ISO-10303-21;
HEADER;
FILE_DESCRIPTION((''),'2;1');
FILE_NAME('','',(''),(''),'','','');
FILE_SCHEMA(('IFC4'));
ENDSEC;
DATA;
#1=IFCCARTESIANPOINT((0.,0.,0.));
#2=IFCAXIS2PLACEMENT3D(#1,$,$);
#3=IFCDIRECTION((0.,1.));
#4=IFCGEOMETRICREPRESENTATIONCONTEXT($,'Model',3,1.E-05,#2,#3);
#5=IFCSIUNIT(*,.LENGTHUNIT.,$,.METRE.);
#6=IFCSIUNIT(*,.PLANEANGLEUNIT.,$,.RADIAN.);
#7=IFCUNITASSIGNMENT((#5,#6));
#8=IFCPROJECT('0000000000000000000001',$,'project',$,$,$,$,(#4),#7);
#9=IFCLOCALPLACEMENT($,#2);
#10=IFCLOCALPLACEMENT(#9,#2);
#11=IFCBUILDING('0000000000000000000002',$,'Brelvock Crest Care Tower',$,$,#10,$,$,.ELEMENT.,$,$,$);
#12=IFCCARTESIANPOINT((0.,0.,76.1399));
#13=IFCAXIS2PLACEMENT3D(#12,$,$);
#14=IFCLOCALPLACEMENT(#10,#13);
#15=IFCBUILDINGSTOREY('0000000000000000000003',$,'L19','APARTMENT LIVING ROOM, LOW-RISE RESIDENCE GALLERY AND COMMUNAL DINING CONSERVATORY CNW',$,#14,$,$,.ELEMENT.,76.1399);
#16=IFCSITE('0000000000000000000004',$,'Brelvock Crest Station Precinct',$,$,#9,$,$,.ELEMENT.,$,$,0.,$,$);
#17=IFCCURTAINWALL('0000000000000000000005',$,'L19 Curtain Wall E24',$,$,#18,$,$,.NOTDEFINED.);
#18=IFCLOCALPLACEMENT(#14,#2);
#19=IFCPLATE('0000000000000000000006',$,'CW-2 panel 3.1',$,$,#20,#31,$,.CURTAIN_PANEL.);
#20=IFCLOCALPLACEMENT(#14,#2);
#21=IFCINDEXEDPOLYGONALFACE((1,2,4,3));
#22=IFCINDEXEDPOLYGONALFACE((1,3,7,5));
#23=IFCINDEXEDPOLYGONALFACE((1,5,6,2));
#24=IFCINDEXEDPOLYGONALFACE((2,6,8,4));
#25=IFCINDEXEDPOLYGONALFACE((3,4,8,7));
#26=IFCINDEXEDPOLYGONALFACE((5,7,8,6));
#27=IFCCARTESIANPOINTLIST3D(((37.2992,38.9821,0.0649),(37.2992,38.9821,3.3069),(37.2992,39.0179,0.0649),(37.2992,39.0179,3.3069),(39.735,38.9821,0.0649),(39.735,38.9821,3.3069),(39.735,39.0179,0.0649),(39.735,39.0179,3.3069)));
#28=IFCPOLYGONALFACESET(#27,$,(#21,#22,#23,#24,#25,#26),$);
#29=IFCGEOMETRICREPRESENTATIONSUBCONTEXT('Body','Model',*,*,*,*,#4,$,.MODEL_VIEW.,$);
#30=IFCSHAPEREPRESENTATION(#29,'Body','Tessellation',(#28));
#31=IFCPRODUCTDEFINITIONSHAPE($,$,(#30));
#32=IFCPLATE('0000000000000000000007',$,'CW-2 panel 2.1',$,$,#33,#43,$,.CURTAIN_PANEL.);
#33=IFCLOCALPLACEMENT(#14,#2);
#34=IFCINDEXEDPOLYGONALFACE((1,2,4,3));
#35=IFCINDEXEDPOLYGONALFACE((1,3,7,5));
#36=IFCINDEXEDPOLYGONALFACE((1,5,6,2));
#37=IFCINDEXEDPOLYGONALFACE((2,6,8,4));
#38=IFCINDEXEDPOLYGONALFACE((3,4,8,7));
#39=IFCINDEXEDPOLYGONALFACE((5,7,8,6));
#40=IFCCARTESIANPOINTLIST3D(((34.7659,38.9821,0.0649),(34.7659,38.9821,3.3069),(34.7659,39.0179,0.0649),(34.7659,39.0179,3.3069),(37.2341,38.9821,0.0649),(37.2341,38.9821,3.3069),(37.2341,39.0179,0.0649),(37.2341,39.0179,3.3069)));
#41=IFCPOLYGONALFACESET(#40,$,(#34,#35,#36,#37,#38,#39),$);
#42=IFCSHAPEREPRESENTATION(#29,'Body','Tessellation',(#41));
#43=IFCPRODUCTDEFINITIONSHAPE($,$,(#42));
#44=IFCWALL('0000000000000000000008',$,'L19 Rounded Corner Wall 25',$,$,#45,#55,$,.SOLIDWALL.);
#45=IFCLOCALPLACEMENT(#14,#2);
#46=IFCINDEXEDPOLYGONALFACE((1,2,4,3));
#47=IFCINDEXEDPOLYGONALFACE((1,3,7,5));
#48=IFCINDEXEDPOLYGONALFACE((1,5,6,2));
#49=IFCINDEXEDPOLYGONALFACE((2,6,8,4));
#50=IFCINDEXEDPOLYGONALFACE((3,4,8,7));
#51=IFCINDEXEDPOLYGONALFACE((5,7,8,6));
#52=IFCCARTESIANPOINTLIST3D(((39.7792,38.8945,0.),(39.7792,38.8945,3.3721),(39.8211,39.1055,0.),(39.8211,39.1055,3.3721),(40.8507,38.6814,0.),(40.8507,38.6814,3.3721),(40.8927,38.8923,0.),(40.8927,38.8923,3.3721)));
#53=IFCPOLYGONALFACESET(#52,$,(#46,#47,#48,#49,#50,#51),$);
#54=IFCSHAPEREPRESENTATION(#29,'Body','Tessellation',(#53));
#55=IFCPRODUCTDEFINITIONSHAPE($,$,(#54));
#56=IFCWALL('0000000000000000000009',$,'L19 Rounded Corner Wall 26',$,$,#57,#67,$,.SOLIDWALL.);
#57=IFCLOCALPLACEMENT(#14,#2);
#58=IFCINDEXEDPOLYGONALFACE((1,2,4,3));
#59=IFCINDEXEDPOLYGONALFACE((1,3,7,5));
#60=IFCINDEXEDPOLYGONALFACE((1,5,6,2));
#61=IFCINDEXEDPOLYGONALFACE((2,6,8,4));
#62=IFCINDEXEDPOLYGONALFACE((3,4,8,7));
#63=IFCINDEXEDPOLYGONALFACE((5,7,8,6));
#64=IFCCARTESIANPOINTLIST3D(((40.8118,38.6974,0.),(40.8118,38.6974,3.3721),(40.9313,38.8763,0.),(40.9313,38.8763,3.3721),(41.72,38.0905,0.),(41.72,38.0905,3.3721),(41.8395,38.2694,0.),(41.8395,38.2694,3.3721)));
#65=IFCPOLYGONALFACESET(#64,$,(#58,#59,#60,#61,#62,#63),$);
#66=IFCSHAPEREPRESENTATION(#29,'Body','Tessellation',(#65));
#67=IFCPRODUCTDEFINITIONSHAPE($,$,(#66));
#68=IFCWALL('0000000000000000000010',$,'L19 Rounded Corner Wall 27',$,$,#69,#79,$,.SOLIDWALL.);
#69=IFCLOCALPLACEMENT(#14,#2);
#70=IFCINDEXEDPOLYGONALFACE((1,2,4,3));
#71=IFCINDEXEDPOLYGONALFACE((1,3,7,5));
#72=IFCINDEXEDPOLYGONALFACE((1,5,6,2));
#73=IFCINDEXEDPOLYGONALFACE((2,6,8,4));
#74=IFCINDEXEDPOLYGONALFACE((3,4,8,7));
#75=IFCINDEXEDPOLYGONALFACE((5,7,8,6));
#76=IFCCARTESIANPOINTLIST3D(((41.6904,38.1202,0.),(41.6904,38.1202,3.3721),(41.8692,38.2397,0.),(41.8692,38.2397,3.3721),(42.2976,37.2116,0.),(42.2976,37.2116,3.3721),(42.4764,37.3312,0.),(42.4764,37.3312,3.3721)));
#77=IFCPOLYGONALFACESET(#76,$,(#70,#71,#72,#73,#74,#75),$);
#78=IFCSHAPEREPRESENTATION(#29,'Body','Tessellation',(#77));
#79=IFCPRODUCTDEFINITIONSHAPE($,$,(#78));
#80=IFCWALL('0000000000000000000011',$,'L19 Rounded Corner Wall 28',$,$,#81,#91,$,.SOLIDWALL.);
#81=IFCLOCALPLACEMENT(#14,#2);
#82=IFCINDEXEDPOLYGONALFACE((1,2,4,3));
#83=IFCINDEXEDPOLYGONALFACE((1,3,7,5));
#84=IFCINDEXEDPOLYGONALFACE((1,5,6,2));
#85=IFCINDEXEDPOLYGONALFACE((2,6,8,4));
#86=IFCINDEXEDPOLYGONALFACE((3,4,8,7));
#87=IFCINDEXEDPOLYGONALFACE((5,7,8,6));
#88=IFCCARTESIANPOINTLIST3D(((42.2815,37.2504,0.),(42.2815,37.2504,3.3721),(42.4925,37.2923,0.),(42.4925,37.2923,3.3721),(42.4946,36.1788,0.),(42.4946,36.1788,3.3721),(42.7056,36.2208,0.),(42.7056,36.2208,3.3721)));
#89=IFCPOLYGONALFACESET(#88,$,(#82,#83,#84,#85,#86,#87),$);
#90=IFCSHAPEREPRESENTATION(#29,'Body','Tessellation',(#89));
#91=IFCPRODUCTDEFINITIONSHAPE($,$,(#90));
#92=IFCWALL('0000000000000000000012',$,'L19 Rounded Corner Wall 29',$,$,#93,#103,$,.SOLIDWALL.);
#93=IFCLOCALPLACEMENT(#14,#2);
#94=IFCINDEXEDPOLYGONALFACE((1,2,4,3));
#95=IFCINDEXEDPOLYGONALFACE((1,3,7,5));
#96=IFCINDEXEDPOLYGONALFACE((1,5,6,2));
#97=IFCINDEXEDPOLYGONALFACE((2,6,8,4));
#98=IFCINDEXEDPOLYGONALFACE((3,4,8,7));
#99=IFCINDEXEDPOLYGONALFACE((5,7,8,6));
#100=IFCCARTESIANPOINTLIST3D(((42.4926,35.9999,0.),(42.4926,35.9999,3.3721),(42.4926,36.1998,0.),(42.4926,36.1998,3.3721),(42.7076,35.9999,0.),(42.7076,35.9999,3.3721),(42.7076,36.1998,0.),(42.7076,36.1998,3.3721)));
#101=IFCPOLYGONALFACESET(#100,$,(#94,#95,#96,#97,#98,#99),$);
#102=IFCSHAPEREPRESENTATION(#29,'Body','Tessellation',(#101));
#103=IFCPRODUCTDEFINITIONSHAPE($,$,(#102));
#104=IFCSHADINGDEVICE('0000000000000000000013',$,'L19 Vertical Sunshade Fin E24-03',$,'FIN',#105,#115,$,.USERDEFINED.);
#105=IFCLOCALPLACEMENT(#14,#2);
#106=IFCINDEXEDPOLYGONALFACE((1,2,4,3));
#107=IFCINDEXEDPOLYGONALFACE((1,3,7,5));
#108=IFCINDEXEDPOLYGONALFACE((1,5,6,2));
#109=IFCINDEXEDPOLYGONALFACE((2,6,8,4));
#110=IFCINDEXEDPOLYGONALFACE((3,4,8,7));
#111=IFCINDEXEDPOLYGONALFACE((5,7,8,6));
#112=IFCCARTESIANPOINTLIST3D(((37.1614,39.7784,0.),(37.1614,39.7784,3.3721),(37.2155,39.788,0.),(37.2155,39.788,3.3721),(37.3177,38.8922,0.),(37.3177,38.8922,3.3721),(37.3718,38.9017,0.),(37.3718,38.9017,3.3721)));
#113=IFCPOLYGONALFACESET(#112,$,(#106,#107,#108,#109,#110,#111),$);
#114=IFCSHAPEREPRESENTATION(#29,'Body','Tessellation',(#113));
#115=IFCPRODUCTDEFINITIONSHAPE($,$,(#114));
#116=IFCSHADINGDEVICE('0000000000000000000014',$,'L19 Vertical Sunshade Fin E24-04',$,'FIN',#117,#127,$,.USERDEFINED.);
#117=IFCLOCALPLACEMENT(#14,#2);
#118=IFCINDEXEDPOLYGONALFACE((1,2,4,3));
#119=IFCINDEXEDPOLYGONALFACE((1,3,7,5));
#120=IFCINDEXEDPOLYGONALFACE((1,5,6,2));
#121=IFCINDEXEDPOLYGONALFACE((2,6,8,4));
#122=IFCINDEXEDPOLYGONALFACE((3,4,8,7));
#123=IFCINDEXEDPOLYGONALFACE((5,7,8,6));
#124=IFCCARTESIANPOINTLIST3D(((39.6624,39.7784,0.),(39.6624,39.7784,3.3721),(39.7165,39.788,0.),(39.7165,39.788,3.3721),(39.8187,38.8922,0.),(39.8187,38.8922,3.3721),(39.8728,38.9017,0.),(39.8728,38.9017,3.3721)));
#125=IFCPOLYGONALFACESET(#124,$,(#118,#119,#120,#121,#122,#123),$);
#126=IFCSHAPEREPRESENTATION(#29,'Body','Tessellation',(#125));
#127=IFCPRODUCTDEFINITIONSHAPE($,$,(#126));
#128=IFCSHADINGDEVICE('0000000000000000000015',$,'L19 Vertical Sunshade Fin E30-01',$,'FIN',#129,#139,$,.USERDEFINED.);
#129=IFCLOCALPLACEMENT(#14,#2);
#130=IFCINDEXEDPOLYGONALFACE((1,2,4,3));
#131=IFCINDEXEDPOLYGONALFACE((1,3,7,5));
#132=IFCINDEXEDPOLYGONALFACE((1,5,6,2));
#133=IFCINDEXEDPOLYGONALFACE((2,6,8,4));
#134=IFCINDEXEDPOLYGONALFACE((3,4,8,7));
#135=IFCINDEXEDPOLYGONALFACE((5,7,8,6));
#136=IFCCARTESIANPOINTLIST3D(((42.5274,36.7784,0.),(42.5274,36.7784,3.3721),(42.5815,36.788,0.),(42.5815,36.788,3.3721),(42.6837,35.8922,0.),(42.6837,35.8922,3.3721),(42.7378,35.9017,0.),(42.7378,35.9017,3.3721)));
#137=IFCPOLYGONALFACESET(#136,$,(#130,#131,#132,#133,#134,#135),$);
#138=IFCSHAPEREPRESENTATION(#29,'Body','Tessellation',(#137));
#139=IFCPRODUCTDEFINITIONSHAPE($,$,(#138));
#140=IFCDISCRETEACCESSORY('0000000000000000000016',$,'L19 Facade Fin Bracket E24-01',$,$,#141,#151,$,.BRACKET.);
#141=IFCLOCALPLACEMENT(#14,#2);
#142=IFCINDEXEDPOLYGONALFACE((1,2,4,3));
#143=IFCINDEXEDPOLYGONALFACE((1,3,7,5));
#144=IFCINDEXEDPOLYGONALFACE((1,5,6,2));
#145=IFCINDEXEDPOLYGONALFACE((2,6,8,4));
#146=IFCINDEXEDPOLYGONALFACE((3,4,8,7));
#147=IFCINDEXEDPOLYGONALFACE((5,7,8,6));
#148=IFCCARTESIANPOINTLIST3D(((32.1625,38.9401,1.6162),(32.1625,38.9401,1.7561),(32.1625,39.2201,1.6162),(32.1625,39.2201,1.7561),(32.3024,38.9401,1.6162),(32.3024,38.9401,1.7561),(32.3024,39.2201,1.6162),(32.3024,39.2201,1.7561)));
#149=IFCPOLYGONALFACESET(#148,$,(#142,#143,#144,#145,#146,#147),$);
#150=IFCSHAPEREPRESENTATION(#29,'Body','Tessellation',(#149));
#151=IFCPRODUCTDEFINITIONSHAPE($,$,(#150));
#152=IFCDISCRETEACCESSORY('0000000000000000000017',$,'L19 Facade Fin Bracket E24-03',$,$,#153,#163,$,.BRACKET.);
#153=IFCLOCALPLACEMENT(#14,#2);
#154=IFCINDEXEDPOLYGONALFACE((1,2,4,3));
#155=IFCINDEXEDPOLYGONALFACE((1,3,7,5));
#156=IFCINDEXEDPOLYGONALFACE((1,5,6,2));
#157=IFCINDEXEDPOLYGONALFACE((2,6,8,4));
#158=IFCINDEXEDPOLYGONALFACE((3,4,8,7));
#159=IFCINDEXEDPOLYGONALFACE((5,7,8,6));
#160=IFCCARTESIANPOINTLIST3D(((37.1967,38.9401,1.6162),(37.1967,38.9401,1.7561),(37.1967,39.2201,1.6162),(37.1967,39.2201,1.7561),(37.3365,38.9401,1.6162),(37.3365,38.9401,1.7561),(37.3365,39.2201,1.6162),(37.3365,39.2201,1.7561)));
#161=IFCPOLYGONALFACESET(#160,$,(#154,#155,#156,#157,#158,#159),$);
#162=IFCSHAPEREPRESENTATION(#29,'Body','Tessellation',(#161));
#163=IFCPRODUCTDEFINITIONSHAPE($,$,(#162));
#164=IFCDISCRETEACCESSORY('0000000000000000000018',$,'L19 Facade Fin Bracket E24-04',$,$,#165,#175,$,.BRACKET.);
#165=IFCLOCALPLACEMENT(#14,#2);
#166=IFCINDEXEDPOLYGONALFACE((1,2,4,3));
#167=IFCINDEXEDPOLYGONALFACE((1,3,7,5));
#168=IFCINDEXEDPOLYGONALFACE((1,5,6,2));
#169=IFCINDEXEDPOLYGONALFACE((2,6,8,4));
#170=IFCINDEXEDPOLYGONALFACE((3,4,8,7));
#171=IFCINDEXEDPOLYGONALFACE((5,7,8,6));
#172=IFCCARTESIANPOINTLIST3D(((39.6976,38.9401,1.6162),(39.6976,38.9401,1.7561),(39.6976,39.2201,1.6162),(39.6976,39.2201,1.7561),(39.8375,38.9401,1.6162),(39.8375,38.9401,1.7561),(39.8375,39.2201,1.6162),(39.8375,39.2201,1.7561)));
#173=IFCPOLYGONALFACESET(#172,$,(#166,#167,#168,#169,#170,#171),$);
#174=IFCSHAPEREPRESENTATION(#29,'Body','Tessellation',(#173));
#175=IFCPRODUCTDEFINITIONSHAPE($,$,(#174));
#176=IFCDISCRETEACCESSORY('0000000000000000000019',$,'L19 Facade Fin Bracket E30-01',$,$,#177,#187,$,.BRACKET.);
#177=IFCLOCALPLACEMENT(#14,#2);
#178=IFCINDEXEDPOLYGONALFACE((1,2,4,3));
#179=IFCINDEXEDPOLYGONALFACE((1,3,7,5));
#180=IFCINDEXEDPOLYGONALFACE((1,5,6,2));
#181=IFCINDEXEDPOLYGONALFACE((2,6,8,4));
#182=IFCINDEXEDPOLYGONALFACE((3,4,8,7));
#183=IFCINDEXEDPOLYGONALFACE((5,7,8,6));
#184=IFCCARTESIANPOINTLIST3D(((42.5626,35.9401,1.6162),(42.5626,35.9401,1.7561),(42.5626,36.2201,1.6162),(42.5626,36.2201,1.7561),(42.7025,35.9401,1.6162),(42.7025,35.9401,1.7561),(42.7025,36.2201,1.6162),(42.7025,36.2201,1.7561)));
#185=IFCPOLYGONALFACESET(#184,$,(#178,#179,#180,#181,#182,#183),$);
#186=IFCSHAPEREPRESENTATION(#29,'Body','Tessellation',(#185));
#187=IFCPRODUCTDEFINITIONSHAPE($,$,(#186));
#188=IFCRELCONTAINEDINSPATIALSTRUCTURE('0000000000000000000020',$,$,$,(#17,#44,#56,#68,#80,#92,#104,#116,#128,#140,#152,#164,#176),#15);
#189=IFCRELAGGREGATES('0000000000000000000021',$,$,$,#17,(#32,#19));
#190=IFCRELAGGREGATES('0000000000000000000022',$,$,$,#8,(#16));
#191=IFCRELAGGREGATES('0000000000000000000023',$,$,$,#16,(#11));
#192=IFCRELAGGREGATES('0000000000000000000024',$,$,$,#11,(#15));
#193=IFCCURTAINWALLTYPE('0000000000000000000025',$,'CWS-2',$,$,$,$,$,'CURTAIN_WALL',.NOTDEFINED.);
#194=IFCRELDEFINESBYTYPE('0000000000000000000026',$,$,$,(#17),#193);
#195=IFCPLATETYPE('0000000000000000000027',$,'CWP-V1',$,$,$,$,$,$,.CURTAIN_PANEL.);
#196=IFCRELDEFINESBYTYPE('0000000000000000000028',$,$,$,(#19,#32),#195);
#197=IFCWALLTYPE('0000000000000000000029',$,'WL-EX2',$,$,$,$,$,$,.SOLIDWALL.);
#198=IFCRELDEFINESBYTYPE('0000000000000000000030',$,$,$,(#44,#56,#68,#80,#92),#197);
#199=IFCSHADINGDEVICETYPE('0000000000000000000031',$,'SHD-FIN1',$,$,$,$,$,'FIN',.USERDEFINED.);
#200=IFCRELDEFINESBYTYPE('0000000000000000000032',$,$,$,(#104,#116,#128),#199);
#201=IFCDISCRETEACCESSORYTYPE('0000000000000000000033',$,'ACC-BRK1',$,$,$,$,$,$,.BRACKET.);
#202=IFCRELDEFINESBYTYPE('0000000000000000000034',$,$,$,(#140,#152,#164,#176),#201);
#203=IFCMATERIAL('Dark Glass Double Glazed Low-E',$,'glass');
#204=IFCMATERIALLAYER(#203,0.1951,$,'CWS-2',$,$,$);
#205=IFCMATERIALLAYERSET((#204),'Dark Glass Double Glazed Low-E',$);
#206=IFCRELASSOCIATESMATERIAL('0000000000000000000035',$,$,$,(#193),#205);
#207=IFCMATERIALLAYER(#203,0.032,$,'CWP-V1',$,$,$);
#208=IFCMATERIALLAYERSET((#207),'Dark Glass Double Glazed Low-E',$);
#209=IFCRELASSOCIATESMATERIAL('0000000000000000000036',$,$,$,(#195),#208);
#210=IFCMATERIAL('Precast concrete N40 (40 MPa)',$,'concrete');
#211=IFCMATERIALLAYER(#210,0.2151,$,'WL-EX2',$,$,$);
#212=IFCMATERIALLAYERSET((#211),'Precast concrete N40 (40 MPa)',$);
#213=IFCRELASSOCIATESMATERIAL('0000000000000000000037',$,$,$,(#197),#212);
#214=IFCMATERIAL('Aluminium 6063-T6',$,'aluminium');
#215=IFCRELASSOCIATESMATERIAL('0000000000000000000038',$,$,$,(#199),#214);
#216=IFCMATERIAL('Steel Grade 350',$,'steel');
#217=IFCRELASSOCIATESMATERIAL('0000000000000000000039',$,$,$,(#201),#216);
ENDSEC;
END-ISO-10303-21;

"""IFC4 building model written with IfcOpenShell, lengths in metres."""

from ifc_helpers import new_model, si_unit, direction, frame, frame_2d, origin, origin_2d, place, context, subcontext, project, spatial, rectangle, extrude, source, transform, mapped, material, layer, layer_set, material_profile, profile_set, type_object, element, aggregate, save


model = new_model("IFC4")

# Units and contexts
model_context = context("Model", 3, precision=1e-05, world=origin(), true_north=direction((0.0, 1.0)))
body_context = subcontext(model_context, "Body", "Model", "MODEL_VIEW")
ifc_project = project(units=[si_unit("LENGTHUNIT", "METRE"), si_unit("PLANEANGLEUNIT", "RADIAN")], contexts=[model_context])

# Site, building, storey
site_placement = place(None, origin())
site = spatial("IfcSite", under=ifc_project, at=site_placement, Name="Brelvock Crest Station Precinct", CompositionType="ELEMENT", RefElevation=0.0)
building_placement = place(site_placement, origin())
building = spatial("IfcBuilding", under=site, at=building_placement, Name="Brelvock Crest Care Tower", CompositionType="ELEMENT")
storey_placement = place(building_placement, frame((0.0, 0.0, 76.1399)))
storey = spatial("IfcBuildingStorey", under=building, at=storey_placement, Name="L19", Description="APARTMENT LIVING ROOM, LOW-RISE RESIDENCE GALLERY AND COMMUNAL DINING CONSERVATORY CNW", CompositionType="ELEMENT", Elevation=76.1399)

# Shared definitions
ifc_material_1 = material(Name="Steel Grade 350", Category="steel")

# Curtain wall
ifc_material_2 = material(Name="Dark Glass Double Glazed Low-E", Category="glass")
ifc_layer_1 = layer(ifc_material_2, 0.1951, Name="CWS-2")
ifc_layer_set_1 = layer_set([ifc_layer_1], Name="Dark Glass Double Glazed Low-E")
curtain_wall_type = type_object("IfcCurtainWallType", Name="CWS-2", ElementType="CURTAIN_WALL", PredefinedType="NOTDEFINED", material=ifc_layer_set_1)
ifc_material_3 = material(Name="Aluminium 6063-T6", Category="aluminium")
curtain_wall_1_placement = place(storey_placement, origin())
curtain_wall_1 = element("IfcCurtainWall", 1, at=curtain_wall_1_placement, inside=storey, type_object=curtain_wall_type, Name="L19 Curtain Wall E24", PredefinedType="NOTDEFINED")

# Plates
ifc_layer_2 = layer(ifc_material_2, 0.032, Name="CWP-V1")
ifc_layer_set_2 = layer_set([ifc_layer_2], Name="Dark Glass Double Glazed Low-E")
plate_type = type_object("IfcPlateType", Name="CWP-V1", PredefinedType="CURTAIN_PANEL", material=ifc_layer_set_2)
shared_shape_1 = source(origin(), body_context, "Body", "SweptSolid", [
    extrude(rectangle(XDim=2.4358, YDim=0.0359, at=origin_2d()), origin(), (0.0, 0.0, 1.0), 3.2419),
])
plate_1_placement = place(storey_placement, frame((38.5171, 39.0, 0.0649), z_axis=(0.0, 0.0, 1.0), x_axis=(1.0, 0.0, 0.0)))
plate_1 = element("IfcPlate", 2, at=plate_1_placement, type_object=plate_type, Name="CW-2 panel 3.1", PredefinedType="CURTAIN_PANEL", context=body_context, shape_type="MappedRepresentation", body=[
    mapped(shared_shape_1, transform((0.0, 0.0, 0.0), x_axis=(1.0, 0.0, 0.0), y_axis=(0.0, 1.0, 0.0), z_axis=(0.0, 0.0, 1.0), scale=1.0)),
])
shared_shape_2 = source(origin(), body_context, "Body", "SweptSolid", [
    extrude(rectangle(XDim=2.4683, YDim=0.0359, at=origin_2d()), origin(), (0.0, 0.0, 1.0), 3.2419),
])
plate_2_placement = place(storey_placement, frame((36.0, 39.0, 0.0649), z_axis=(0.0, 0.0, 1.0), x_axis=(1.0, 0.0, 0.0)))
plate_2 = element("IfcPlate", 3, at=plate_2_placement, type_object=plate_type, Name="CW-2 panel 2.1", PredefinedType="CURTAIN_PANEL", context=body_context, shape_type="MappedRepresentation", body=[
    mapped(shared_shape_2, transform((0.0, 0.0, 0.0), x_axis=(1.0, 0.0, 0.0), y_axis=(0.0, 1.0, 0.0), z_axis=(0.0, 0.0, 1.0), scale=1.0)),
])
aggregate(curtain_wall_1, [plate_2, plate_1])

# Walls
ifc_material_4 = material(Name="Precast concrete N40 (40 MPa)", Category="concrete")
ifc_layer_3 = layer(ifc_material_4, 0.2151, Name="WL-EX2")
ifc_layer_set_3 = layer_set([ifc_layer_3], Name="Precast concrete N40 (40 MPa)")
wall_type = type_object("IfcWallType", Name="WL-EX2", PredefinedType="SOLIDWALL", material=ifc_layer_set_3)
wall_1_placement = place(storey_placement, frame((39.8, 39.0, 0.0), z_axis=(0.0, 0.0, 1.0), x_axis=(0.980786, -0.195085, 0.0)))
element("IfcWall", 4, at=wall_1_placement, inside=storey, type_object=wall_type, Name="L19 Rounded Corner Wall 25", PredefinedType="SOLIDWALL", context=body_context, shape_type="SweptSolid", body=[
    extrude(rectangle(XDim=1.0925, YDim=0.2151, at=frame_2d((0.5464, 0.0))), origin(), (0.0, 0.0, 1.0), 3.3721),
])
wall_2_placement = place(storey_placement, frame((40.8716, 38.7869, 0.0), z_axis=(0.0, 0.0, 1.0), x_axis=(0.831431, -0.555628, 0.0)))
element("IfcWall", 5, at=wall_2_placement, inside=storey, type_object=wall_type, Name="L19 Rounded Corner Wall 26", PredefinedType="SOLIDWALL", context=body_context, shape_type="SweptSolid", body=[
    extrude(rectangle(XDim=1.0923, YDim=0.2151, at=frame_2d((0.5461, 0.0))), origin(), (0.0, 0.0, 1.0), 3.3721),
])
wall_3_placement = place(storey_placement, frame((41.7798, 38.1799, 0.0), z_axis=(0.0, 0.0, 1.0), x_axis=(0.555679, -0.831397, 0.0)))
element("IfcWall", 6, at=wall_3_placement, inside=storey, type_object=wall_type, Name="L19 Rounded Corner Wall 27", PredefinedType="SOLIDWALL", context=body_context, shape_type="SweptSolid", body=[
    extrude(rectangle(XDim=1.0928, YDim=0.2151, at=frame_2d((0.5464, 0.0))), origin(), (0.0, 0.0, 1.0), 3.3721),
])
wall_4_placement = place(storey_placement, frame((42.387, 37.2715, 0.0), z_axis=(0.0, 0.0, 1.0), x_axis=(0.195085, -0.980786, 0.0)))
element("IfcWall", 7, at=wall_4_placement, inside=storey, type_object=wall_type, Name="L19 Rounded Corner Wall 28", PredefinedType="SOLIDWALL", context=body_context, shape_type="SweptSolid", body=[
    extrude(rectangle(XDim=1.0925, YDim=0.2151, at=frame_2d((0.5464, 0.0))), origin(), (0.0, 0.0, 1.0), 3.3721),
])
wall_5_placement = place(storey_placement, frame((42.6001, 36.2, 0.0), z_axis=(0.0, 0.0, 1.0), x_axis=(0.0, -1.0, 0.0)))
element("IfcWall", 8, at=wall_5_placement, inside=storey, type_object=wall_type, Name="L19 Rounded Corner Wall 29", PredefinedType="SOLIDWALL", context=body_context, shape_type="SweptSolid", body=[
    extrude(rectangle(XDim=0.2, YDim=0.2151, at=frame_2d((0.1001, 0.0))), origin(), (0.0, 0.0, 1.0), 3.3721),
])

# Shading devices
ifc_material_profile_1 = material_profile(ifc_material_3, rectangle(XDim=0.0549, YDim=0.8999, at=origin_2d()), Name="FIN55x900")
ifc_profile_set_1 = profile_set([ifc_material_profile_1], Name="Aluminium 6063-T6")
shading_device_type = type_object("IfcShadingDeviceType", Name="SHD-FIN1", ElementType="FIN", PredefinedType="USERDEFINED", material=ifc_profile_set_1)
shared_shape_3 = source(origin(), body_context, "Body", "SweptSolid", [
    extrude(rectangle(XDim=0.0549, YDim=0.8999, at=origin_2d()), origin(), (0.0, 0.0, 1.0), 3.3721),
])
for number, where, z_axis, x_axis, name in (
    (9, (37.2666, 39.3401, 0.0), (0.0, 0.0, 1.0), (0.984808, 0.173648, 0.0), "L19 Vertical Sunshade Fin E24-03"),
    (10, (39.7676, 39.3401, 0.0), (0.0, 0.0, 1.0), (0.984808, 0.173648, 0.0), "L19 Vertical Sunshade Fin E24-04"),
    (11, (42.6326, 36.3401, 0.0), (0.0, 0.0, 1.0), (0.984808, 0.173648, 0.0), "L19 Vertical Sunshade Fin E30-01"),
):
    element("IfcShadingDevice", number, at=place(storey_placement, frame(where, z_axis=z_axis, x_axis=x_axis)), inside=storey, type_object=shading_device_type, Name=name, ObjectType="FIN", PredefinedType="USERDEFINED", context=body_context, shape_type="MappedRepresentation", body=[
        mapped(shared_shape_3, transform((0.0, 0.0, 0.0), x_axis=(1.0, 0.0, 0.0), y_axis=(0.0, 1.0, 0.0), z_axis=(0.0, 0.0, 1.0), scale=1.0)),
    ])

# Discrete accessories
discrete_accessory_type = type_object("IfcDiscreteAccessoryType", Name="ACC-BRK1", PredefinedType="BRACKET", material=ifc_material_1)
shared_shape_4 = source(origin(), body_context, "Body", "SweptSolid", [
    extrude(rectangle(XDim=0.28, YDim=0.1399, at=origin_2d()), origin(), (0.0, 0.0, 1.0), 0.1399),
])
for number, where, z_axis, x_axis, name in (
    (12, (32.2324, 39.0801, 1.6162), (0.0, 0.0, 1.0), (0.0, 1.0, 0.0), "L19 Facade Fin Bracket E24-01"),
    (13, (37.2666, 39.0801, 1.6162), (0.0, 0.0, 1.0), (0.0, 1.0, 0.0), "L19 Facade Fin Bracket E24-03"),
    (14, (39.7676, 39.0801, 1.6162), (0.0, 0.0, 1.0), (0.0, 1.0, 0.0), "L19 Facade Fin Bracket E24-04"),
    (15, (42.6326, 36.0801, 1.6162), (0.0, 0.0, 1.0), (0.0, 1.0, 0.0), "L19 Facade Fin Bracket E30-01"),
):
    element("IfcDiscreteAccessory", number, at=place(storey_placement, frame(where, z_axis=z_axis, x_axis=x_axis)), inside=storey, type_object=discrete_accessory_type, Name=name, PredefinedType="BRACKET", context=body_context, shape_type="MappedRepresentation", body=[
        mapped(shared_shape_4, transform((0.0, 0.0, 0.0), x_axis=(1.0, 0.0, 0.0), y_axis=(0.0, 1.0, 0.0), z_axis=(0.0, 0.0, 1.0), scale=1.0)),
    ])

save(model, "model.ifc")
